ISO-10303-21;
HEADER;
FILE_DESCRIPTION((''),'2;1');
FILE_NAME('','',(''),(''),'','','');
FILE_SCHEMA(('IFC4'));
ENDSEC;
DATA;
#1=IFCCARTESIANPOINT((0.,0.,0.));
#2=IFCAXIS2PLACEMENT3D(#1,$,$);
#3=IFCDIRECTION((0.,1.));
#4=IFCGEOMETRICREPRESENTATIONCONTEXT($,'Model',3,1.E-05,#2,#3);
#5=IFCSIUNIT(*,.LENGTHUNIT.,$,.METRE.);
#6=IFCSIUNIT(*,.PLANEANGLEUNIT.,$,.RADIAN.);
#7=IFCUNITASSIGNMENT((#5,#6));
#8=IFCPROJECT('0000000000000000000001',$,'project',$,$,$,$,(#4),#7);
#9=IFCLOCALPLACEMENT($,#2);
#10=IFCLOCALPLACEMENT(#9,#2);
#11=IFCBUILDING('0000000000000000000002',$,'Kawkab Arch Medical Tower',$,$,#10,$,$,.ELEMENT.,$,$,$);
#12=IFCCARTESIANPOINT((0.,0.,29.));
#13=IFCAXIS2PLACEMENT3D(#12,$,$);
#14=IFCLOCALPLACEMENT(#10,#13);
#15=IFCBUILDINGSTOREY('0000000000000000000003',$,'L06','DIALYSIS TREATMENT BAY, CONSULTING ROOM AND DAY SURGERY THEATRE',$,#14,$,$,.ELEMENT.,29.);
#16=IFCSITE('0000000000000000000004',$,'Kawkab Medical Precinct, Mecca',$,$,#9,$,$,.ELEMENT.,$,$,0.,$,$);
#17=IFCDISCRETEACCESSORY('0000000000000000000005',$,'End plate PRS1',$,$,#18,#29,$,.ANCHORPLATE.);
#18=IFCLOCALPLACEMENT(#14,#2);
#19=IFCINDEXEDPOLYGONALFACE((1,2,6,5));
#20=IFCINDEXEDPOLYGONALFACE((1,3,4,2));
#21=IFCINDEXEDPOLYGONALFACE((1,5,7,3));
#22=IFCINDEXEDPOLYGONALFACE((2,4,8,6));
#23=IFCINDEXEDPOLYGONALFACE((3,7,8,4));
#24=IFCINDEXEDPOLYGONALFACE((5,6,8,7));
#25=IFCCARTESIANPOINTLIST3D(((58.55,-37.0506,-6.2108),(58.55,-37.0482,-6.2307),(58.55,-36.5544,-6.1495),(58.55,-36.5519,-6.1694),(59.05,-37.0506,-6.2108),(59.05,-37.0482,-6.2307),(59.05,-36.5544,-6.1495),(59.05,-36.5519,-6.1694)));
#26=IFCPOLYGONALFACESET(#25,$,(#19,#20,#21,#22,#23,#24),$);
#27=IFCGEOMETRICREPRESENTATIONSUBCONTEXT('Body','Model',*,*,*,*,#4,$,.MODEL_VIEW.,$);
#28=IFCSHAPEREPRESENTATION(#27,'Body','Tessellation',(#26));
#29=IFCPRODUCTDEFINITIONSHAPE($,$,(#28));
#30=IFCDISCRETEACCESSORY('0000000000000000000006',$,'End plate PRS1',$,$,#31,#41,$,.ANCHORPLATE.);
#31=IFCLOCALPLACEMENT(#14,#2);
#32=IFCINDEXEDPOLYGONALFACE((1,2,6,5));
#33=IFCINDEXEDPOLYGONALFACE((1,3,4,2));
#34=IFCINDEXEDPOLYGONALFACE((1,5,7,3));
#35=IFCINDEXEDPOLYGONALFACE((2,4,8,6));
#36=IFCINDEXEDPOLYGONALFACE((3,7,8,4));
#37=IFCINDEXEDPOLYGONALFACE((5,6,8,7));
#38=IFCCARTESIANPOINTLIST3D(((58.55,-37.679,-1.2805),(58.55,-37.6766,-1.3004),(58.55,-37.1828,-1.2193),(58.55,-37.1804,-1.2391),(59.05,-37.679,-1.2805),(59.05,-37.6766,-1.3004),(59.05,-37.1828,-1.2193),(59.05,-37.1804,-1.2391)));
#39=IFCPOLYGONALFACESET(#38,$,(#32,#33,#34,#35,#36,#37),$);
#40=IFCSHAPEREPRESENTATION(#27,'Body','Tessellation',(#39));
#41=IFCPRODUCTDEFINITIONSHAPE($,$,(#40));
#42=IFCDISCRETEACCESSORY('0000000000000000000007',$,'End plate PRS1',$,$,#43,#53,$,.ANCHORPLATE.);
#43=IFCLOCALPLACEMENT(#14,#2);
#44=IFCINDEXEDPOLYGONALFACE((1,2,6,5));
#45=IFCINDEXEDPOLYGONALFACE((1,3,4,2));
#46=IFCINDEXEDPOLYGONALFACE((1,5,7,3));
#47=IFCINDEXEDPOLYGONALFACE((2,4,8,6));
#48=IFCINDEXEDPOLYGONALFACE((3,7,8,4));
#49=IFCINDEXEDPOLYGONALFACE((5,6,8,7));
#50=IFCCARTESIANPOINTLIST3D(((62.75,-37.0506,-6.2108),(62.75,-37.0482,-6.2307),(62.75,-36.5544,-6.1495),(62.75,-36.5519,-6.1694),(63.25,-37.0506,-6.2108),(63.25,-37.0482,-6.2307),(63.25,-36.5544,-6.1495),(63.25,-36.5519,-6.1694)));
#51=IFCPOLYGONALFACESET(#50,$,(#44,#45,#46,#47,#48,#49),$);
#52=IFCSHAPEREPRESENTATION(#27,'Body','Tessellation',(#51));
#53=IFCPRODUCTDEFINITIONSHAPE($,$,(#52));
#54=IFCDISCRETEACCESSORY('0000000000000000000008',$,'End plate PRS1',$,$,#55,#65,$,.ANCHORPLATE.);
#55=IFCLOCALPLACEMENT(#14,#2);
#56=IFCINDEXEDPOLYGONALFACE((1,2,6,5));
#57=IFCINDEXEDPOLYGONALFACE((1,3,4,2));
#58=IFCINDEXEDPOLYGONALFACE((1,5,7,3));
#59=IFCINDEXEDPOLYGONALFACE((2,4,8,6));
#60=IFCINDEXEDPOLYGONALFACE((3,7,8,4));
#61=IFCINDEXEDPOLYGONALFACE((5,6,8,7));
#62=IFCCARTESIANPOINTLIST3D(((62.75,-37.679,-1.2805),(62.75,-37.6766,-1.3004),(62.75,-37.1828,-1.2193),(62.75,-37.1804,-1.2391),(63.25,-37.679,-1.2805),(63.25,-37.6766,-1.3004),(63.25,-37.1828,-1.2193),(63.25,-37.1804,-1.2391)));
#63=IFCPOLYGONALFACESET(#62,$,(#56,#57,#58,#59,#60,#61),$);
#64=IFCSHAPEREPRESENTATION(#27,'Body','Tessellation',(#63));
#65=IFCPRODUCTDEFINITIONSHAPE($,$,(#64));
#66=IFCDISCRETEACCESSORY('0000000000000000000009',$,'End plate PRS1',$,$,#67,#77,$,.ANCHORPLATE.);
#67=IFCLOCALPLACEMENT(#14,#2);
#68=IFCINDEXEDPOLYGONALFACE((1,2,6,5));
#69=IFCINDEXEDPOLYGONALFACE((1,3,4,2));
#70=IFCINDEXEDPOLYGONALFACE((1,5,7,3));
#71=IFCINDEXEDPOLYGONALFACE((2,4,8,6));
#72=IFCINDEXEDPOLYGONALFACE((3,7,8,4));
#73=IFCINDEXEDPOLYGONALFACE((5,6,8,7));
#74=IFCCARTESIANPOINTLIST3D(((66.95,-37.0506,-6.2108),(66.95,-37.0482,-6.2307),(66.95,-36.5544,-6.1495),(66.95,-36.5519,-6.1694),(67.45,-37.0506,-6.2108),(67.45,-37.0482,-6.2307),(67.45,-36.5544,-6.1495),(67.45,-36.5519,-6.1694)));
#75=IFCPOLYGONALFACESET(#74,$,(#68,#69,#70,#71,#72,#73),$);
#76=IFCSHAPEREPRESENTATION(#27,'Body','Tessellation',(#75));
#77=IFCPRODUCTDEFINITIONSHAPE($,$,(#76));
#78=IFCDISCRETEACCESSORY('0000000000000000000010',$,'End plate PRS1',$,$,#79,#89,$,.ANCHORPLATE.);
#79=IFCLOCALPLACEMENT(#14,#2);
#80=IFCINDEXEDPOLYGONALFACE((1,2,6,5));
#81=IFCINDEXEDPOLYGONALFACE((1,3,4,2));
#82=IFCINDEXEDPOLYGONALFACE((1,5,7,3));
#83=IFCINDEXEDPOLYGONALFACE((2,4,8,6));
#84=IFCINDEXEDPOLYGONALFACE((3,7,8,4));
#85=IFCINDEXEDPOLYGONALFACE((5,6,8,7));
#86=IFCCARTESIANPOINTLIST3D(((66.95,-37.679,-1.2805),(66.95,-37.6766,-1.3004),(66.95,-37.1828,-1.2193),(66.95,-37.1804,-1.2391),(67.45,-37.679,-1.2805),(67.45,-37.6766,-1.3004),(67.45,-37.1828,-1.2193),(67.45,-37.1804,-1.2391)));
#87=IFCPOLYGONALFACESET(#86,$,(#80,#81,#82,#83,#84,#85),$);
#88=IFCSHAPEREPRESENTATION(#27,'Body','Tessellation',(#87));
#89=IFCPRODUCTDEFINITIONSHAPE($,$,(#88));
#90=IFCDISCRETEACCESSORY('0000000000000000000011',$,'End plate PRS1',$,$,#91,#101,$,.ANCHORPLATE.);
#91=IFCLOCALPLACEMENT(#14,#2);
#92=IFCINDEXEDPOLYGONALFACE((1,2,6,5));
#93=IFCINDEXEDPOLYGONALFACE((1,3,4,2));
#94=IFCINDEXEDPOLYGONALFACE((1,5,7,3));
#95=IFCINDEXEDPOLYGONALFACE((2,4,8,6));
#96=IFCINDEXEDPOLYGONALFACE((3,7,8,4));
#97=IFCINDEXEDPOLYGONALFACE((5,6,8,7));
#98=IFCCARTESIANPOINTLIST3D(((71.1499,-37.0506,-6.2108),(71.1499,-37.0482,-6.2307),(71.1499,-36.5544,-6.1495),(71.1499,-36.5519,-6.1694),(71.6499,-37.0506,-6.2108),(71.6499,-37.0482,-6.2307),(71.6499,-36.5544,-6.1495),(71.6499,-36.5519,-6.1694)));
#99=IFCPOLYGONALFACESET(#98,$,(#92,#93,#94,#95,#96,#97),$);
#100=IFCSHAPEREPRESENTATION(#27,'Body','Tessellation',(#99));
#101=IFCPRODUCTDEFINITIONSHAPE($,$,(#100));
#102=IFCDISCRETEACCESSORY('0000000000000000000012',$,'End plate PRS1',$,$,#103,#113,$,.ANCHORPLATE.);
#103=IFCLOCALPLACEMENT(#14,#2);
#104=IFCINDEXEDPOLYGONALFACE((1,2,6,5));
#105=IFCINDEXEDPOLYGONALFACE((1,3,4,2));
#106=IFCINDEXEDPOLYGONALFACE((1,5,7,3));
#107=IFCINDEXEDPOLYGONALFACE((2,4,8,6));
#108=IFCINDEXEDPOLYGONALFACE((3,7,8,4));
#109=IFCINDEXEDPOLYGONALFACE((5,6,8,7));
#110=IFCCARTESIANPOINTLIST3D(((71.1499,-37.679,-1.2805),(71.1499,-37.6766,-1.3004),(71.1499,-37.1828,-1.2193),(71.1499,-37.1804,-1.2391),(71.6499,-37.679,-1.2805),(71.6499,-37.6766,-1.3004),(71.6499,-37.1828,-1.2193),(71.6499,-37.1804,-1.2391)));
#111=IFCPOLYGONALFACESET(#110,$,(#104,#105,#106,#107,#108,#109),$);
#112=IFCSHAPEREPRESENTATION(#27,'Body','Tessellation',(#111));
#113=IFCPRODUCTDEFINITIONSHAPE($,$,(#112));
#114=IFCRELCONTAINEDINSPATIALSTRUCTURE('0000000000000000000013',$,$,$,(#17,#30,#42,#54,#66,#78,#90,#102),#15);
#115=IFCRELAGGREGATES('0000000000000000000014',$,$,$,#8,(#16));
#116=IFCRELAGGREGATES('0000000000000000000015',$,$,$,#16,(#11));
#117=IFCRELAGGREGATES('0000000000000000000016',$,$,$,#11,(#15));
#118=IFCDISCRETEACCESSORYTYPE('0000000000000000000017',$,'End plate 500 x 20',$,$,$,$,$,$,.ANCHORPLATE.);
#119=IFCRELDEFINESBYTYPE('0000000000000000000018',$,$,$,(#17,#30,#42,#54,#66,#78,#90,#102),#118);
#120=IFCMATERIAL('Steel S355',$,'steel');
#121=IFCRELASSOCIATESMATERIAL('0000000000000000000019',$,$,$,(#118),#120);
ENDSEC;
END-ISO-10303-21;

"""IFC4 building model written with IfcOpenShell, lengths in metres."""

from ifc_helpers import new_model, si_unit, direction, frame, origin, origin_2d, place, context, subcontext, project, spatial, rectangle, extrude, material, material_profile, profile_set, type_object, element, save


model = new_model("IFC4")

# Units and contexts
model_context = context("Model", 3, precision=1e-05, world=origin(), true_north=direction((0.0, 1.0)))
body_context = subcontext(model_context, "Body", "Model", "MODEL_VIEW")
ifc_project = project(units=[si_unit("LENGTHUNIT", "METRE"), si_unit("PLANEANGLEUNIT", "RADIAN")], contexts=[model_context])

# Site, building, storey
site_placement = place(None, origin())
site = spatial("IfcSite", under=ifc_project, at=site_placement, Name="Kawkab Medical Precinct, Mecca", CompositionType="ELEMENT", RefElevation=0.0)
building_placement = place(site_placement, origin())
building = spatial("IfcBuilding", under=site, at=building_placement, Name="Kawkab Arch Medical Tower", CompositionType="ELEMENT")
storey_placement = place(building_placement, frame((0.0, 0.0, 29.0)))
storey = spatial("IfcBuildingStorey", under=building, at=storey_placement, Name="L06", Description="DIALYSIS TREATMENT BAY, CONSULTING ROOM AND DAY SURGERY THEATRE", CompositionType="ELEMENT", Elevation=29.0)

# Discrete accessories
ifc_material_1 = material(Name="Steel S355", Category="steel")
ifc_material_profile_1 = material_profile(ifc_material_1, rectangle(XDim=0.5, YDim=0.5, at=origin_2d()), Name="End plate 500 x 20")
ifc_profile_set_1 = profile_set([ifc_material_profile_1], Name="Steel S355")
discrete_accessory_type = type_object("IfcDiscreteAccessoryType", Name="End plate 500 x 20", PredefinedType="ANCHORPLATE", material=ifc_profile_set_1)
for number, where, z_axis, x_axis, name in (
    (1, (58.8, -36.8025, -6.1802), (0.0, 0.122527, -0.992465), (-1.0, 0.0, 0.0), "End plate PRS1"),
    (2, (58.8, -37.4285, -1.2698), (0.0, -0.122527, 0.992465), (1.0, 0.0, 0.0), "End plate PRS1"),
    (3, (63.0, -36.8025, -6.1802), (0.0, 0.122527, -0.992465), (-1.0, 0.0, 0.0), "End plate PRS1"),
    (4, (63.0, -37.4285, -1.2698), (0.0, -0.122527, 0.992465), (1.0, 0.0, 0.0), "End plate PRS1"),
    (5, (67.2, -36.8025, -6.1802), (0.0, 0.122527, -0.992465), (-1.0, 0.0, 0.0), "End plate PRS1"),
    (6, (67.2, -37.4285, -1.2698), (0.0, -0.122527, 0.992465), (1.0, 0.0, 0.0), "End plate PRS1"),
    (7, (71.3999, -36.8025, -6.1802), (0.0, 0.122527, -0.992465), (-1.0, 0.0, 0.0), "End plate PRS1"),
    (8, (71.3999, -37.4285, -1.2698), (0.0, -0.122527, 0.992465), (1.0, 0.0, 0.0), "End plate PRS1"),
):
    element("IfcDiscreteAccessory", number, at=place(storey_placement, frame(where, z_axis=z_axis, x_axis=x_axis)), inside=storey, type_object=discrete_accessory_type, Name=name, PredefinedType="ANCHORPLATE", context=body_context, shape_type="SweptSolid", body=[
        extrude(rectangle(XDim=0.5, YDim=0.5, at=origin_2d()), origin(), (0.0, 0.0, 1.0), 0.02),
    ])

save(model, "model.ifc")
